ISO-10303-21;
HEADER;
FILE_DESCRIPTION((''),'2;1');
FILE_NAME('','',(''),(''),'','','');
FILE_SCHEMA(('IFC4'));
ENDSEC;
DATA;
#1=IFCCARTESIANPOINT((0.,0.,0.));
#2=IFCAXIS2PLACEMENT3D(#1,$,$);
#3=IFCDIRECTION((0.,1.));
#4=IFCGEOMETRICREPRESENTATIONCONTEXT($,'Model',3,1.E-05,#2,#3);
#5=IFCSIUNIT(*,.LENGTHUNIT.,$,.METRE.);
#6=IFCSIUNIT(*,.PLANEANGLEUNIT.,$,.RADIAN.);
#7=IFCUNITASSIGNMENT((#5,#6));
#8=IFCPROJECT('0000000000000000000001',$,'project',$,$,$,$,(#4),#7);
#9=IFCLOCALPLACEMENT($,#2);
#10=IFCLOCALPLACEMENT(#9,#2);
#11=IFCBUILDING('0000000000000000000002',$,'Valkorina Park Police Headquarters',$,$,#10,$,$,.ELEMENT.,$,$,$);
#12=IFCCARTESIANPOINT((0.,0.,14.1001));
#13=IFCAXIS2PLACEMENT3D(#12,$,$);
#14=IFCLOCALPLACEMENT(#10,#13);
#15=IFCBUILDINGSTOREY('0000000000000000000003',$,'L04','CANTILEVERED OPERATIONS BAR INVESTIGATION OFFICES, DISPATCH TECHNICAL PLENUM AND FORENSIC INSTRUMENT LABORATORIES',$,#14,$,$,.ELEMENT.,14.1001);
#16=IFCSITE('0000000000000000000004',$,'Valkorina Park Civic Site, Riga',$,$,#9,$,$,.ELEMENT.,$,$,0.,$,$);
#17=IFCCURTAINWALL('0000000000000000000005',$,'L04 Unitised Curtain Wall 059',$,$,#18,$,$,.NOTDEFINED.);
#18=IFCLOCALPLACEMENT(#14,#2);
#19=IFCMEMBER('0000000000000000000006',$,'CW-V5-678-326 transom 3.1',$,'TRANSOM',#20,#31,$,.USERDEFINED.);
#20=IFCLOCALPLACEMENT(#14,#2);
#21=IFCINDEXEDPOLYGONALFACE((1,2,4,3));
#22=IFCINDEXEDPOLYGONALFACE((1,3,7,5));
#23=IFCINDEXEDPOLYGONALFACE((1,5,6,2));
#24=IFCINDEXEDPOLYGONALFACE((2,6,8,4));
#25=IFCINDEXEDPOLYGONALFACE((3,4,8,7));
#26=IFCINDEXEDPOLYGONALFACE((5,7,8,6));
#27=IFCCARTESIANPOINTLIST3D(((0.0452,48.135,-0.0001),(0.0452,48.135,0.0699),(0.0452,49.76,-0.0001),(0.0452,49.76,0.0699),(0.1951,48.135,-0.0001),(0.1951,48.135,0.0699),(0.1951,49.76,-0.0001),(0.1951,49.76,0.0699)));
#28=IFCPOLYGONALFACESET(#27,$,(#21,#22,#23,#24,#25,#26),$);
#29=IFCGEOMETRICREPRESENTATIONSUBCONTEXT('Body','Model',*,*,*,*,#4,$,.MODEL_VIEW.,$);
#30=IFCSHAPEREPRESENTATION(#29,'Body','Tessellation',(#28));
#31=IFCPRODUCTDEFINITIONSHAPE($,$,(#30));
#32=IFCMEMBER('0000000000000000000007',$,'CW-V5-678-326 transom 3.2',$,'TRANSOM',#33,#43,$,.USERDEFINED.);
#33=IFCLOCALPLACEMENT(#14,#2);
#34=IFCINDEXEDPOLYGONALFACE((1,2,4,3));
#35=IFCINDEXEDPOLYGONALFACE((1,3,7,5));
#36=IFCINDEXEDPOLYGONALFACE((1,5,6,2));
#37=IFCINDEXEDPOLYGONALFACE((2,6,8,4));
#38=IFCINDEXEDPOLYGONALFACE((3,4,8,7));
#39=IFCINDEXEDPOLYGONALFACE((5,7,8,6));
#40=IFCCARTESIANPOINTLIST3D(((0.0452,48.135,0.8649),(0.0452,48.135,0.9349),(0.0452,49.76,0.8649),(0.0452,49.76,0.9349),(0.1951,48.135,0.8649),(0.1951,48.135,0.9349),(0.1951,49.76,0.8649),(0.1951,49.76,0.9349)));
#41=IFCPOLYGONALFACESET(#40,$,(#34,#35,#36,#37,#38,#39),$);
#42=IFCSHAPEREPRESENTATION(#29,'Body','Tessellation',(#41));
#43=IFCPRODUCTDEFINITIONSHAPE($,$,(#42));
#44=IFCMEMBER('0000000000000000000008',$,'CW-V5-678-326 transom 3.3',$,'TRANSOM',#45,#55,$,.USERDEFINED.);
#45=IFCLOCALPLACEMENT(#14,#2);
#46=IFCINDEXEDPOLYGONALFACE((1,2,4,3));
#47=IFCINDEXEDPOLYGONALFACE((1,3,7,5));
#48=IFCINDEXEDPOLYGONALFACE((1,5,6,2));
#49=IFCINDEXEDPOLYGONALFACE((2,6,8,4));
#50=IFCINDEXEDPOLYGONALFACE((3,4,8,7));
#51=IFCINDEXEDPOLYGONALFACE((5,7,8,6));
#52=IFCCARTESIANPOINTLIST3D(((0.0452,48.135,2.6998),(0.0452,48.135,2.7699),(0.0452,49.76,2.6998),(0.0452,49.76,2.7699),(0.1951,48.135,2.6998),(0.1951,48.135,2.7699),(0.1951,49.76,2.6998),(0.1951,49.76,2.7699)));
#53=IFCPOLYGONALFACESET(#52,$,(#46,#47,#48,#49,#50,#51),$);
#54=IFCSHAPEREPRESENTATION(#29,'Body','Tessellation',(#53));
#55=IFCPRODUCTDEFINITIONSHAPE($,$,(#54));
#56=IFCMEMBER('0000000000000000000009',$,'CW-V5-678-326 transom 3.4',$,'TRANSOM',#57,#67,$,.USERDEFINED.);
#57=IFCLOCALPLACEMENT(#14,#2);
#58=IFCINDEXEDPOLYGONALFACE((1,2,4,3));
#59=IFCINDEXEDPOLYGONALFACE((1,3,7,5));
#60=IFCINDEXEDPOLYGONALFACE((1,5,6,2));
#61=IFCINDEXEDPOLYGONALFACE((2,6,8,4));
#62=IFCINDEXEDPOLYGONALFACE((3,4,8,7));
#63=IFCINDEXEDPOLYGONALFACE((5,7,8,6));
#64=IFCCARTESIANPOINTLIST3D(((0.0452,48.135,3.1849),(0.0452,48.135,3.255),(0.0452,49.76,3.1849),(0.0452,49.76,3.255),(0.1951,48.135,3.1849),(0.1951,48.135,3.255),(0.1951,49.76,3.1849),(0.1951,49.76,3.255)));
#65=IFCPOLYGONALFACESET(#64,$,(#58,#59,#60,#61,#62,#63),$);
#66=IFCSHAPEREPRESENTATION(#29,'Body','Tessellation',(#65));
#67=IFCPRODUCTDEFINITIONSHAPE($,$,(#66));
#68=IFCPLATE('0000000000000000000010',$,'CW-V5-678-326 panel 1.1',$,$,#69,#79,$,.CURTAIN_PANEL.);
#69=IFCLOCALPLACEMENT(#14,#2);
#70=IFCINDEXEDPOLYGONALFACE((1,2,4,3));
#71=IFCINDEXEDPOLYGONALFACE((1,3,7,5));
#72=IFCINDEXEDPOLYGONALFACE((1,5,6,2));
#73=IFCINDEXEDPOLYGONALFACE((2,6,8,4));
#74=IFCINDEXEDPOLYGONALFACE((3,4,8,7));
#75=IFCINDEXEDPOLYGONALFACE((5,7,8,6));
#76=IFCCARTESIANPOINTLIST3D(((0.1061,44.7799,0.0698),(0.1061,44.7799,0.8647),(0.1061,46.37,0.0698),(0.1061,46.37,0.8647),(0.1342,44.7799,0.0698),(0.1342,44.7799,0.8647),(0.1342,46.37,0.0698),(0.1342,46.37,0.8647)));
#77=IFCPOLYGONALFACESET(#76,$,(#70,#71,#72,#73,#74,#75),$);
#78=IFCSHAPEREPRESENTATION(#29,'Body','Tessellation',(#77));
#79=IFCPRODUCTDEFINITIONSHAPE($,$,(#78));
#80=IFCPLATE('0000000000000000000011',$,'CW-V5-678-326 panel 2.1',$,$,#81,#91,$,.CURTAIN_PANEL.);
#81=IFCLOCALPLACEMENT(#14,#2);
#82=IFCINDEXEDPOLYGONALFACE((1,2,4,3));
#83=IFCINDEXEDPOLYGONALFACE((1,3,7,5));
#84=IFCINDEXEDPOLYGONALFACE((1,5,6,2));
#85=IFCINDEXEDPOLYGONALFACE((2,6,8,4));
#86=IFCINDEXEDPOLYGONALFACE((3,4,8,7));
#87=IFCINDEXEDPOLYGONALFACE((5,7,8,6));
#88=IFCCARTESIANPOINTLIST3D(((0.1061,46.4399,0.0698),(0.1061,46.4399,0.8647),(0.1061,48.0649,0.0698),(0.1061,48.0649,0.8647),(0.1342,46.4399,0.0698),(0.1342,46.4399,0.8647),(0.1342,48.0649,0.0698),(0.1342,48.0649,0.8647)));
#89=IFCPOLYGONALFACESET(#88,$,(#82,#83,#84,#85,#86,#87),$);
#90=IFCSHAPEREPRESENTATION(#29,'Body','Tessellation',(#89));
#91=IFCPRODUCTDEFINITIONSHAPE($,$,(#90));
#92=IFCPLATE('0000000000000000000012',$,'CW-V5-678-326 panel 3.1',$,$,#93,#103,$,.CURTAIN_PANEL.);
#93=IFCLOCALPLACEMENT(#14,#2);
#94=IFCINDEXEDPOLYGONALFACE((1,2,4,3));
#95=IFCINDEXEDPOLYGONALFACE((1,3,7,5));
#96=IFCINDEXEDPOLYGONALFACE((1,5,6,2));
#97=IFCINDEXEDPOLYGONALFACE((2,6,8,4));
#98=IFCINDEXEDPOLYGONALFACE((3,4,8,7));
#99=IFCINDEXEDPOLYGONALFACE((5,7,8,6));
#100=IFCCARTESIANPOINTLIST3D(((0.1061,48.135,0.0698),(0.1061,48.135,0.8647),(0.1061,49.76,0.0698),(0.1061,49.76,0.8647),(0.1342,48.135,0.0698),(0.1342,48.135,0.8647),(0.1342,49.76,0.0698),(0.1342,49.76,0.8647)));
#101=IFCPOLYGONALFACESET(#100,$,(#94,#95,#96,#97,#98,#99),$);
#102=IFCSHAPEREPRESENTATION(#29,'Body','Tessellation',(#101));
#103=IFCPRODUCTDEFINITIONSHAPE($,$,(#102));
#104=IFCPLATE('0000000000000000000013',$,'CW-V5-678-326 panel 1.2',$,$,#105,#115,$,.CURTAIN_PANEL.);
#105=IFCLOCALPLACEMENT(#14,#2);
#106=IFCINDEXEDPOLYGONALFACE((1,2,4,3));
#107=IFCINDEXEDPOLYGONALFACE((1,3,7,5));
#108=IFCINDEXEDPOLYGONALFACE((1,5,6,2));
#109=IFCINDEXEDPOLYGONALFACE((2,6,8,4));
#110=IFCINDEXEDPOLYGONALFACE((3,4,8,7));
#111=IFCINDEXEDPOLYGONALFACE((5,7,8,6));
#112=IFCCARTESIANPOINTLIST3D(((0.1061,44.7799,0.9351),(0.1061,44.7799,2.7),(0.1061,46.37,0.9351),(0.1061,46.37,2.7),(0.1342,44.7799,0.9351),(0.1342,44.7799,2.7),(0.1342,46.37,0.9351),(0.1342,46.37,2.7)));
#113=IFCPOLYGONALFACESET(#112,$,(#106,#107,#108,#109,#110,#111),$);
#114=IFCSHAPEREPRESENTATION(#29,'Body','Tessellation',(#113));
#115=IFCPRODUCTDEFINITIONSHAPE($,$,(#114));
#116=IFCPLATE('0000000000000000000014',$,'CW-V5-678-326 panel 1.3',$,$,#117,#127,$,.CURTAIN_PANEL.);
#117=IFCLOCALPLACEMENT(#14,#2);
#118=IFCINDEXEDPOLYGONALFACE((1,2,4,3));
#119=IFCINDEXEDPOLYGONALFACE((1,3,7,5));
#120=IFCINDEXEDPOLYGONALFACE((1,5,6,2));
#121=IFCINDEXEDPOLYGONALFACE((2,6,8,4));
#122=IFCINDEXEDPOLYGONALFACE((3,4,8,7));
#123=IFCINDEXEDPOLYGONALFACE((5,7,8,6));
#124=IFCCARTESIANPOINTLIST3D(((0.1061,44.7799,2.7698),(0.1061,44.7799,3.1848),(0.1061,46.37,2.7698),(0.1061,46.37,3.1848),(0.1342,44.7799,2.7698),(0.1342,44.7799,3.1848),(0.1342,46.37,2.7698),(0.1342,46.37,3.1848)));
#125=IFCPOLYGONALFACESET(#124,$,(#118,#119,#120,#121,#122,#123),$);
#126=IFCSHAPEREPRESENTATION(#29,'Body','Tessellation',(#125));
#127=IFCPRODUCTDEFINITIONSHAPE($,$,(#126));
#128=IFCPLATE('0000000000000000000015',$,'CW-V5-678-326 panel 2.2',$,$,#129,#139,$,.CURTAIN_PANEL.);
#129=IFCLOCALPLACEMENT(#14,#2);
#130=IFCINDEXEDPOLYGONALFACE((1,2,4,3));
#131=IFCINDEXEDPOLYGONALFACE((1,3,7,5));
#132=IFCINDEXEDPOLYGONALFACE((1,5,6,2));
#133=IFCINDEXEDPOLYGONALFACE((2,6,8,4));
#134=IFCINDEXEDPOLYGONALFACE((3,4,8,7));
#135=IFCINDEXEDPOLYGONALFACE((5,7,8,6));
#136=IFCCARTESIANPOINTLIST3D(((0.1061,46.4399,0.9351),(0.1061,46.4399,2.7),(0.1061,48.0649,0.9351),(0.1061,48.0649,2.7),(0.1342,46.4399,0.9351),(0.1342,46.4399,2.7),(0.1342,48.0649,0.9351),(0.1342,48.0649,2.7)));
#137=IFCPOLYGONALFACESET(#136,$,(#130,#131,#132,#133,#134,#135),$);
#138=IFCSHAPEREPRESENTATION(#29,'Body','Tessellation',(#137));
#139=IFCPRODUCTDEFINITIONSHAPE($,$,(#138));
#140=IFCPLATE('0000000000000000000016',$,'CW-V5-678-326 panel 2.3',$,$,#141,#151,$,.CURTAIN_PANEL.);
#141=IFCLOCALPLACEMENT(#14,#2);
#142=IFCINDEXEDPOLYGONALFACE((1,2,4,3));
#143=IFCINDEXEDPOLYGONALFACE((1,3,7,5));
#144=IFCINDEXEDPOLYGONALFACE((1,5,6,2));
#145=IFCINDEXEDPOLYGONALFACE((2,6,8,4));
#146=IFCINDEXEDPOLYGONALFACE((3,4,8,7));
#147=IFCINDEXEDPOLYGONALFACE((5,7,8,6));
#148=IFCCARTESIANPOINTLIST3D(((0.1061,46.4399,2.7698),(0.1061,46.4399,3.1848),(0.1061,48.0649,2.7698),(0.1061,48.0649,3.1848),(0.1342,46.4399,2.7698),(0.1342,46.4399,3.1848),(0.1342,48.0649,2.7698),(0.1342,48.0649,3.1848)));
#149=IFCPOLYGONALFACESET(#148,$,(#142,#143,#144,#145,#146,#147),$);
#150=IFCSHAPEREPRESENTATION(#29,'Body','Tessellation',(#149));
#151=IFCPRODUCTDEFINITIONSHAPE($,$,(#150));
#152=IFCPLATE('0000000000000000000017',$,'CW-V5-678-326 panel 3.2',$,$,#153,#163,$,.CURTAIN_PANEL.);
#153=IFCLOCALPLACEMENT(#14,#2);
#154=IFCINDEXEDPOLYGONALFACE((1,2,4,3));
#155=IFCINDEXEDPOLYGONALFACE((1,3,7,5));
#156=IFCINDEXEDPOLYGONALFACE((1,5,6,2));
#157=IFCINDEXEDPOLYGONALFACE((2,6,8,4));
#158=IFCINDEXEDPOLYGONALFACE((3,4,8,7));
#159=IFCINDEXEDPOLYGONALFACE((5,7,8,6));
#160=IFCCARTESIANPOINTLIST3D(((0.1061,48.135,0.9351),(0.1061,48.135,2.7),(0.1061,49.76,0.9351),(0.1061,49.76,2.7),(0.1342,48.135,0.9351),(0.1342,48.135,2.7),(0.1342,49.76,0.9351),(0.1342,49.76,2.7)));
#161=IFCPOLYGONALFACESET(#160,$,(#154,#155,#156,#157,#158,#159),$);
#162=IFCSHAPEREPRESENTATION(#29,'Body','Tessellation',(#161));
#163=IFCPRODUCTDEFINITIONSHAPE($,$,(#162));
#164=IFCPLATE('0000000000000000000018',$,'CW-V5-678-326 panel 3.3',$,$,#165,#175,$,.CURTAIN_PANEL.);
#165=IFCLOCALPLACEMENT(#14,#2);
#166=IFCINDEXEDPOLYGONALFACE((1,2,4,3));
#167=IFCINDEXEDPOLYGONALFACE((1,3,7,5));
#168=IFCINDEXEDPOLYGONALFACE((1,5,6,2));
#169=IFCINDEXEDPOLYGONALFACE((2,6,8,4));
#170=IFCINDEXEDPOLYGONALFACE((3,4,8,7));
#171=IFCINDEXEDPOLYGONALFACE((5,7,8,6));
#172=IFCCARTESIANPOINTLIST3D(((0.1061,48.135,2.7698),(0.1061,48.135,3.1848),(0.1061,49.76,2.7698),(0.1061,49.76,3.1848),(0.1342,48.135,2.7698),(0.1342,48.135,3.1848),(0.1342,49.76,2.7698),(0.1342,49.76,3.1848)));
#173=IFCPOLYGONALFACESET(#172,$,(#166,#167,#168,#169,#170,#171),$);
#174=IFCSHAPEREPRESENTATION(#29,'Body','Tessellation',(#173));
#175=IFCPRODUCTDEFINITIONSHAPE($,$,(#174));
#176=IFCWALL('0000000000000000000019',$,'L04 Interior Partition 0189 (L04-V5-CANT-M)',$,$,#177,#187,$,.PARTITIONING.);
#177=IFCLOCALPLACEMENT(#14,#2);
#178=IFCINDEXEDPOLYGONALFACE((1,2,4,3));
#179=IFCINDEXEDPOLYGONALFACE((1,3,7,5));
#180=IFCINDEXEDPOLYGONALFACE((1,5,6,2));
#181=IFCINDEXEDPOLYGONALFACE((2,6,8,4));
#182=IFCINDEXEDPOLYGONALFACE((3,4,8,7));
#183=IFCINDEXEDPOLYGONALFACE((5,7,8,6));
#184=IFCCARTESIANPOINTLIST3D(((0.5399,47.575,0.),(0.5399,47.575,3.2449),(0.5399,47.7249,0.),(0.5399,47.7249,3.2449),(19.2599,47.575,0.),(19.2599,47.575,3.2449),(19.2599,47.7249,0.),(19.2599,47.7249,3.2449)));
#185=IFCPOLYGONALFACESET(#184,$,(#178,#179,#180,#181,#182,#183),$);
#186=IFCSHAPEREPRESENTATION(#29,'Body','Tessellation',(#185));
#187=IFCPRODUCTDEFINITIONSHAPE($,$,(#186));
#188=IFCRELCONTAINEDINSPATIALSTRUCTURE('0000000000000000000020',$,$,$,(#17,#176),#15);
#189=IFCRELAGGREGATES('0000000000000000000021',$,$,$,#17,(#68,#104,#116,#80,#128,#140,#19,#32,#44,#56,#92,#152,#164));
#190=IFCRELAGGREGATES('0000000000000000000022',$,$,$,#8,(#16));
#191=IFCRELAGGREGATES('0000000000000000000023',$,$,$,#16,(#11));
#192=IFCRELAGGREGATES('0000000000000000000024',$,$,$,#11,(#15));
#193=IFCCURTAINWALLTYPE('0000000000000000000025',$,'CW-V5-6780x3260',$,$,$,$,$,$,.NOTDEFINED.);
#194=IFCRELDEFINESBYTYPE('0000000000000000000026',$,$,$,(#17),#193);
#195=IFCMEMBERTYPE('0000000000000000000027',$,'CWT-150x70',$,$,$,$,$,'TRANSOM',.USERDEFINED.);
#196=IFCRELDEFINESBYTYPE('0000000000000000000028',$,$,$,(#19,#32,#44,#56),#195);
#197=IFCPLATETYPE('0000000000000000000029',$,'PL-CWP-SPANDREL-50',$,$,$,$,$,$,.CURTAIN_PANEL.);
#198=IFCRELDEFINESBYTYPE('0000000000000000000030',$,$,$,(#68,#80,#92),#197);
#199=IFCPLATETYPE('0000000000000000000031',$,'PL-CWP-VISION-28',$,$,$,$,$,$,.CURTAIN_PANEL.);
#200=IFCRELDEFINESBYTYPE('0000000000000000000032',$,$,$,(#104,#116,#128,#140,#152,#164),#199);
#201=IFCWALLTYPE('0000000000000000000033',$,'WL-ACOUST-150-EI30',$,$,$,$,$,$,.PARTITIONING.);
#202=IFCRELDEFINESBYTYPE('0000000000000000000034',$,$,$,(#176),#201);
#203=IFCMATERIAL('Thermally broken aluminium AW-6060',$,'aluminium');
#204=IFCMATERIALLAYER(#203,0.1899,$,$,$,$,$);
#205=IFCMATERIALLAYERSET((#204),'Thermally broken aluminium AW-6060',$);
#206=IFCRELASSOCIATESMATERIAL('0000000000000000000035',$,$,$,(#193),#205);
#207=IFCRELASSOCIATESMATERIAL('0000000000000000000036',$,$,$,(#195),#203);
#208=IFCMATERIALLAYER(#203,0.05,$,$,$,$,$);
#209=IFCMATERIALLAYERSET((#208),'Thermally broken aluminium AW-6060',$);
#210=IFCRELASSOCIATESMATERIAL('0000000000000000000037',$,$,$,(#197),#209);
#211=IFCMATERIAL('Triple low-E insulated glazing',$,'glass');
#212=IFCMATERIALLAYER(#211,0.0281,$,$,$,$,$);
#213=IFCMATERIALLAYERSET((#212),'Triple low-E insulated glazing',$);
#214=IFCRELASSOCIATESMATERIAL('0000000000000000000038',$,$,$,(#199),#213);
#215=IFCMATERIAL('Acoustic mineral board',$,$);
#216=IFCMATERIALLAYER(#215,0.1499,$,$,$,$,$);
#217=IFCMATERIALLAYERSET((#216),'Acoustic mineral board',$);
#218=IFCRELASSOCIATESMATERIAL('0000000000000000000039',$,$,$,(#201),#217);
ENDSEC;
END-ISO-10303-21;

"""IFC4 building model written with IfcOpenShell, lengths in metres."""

from ifc_helpers import new_model, si_unit, direction, frame, frame_2d, origin, origin_2d, place, context, subcontext, project, spatial, rectangle, extrude, material, layer, layer_set, material_profile, profile_set, type_object, element, aggregate, save


model = new_model("IFC4")

# Units and contexts
model_context = context("Model", 3, precision=1e-05, world=origin(), true_north=direction((0.0, 1.0)))
body_context = subcontext(model_context, "Body", "Model", "MODEL_VIEW")
ifc_project = project(units=[si_unit("LENGTHUNIT", "METRE"), si_unit("PLANEANGLEUNIT", "RADIAN")], contexts=[model_context])

# Site, building, storey
site_placement = place(None, origin())
site = spatial("IfcSite", under=ifc_project, at=site_placement, Name="Valkorina Park Civic Site, Riga", CompositionType="ELEMENT", RefElevation=0.0)
building_placement = place(site_placement, origin())
building = spatial("IfcBuilding", under=site, at=building_placement, Name="Valkorina Park Police Headquarters", CompositionType="ELEMENT")
storey_placement = place(building_placement, frame((0.0, 0.0, 14.1001)))
storey = spatial("IfcBuildingStorey", under=building, at=storey_placement, Name="L04", Description="CANTILEVERED OPERATIONS BAR INVESTIGATION OFFICES, DISPATCH TECHNICAL PLENUM AND FORENSIC INSTRUMENT LABORATORIES", CompositionType="ELEMENT", Elevation=14.1001)

# Curtain wall, members, plates
ifc_material_1 = material(Name="Thermally broken aluminium AW-6060", Category="aluminium")
ifc_layer_1 = layer(ifc_material_1, 0.1899)
ifc_layer_set_1 = layer_set([ifc_layer_1], Name="Thermally broken aluminium AW-6060")
curtain_wall_type = type_object("IfcCurtainWallType", Name="CW-V5-6780x3260", PredefinedType="NOTDEFINED", material=ifc_layer_set_1)
curtain_wall_placement = place(storey_placement, origin())
curtain_wall = element("IfcCurtainWall", 1, at=curtain_wall_placement, inside=storey, type_object=curtain_wall_type, Name="L04 Unitised Curtain Wall 059", PredefinedType="NOTDEFINED")
ifc_material_profile_1 = material_profile(ifc_material_1, rectangle(XDim=0.1499, YDim=0.0701, at=origin_2d()), Name="CWT-02 150x70")
ifc_profile_set_1 = profile_set([ifc_material_profile_1], Name="Thermally broken aluminium AW-6060")
member_type_1 = type_object("IfcMemberType", Name="CWT-150x70", ElementType="TRANSOM", PredefinedType="USERDEFINED", material=ifc_profile_set_1)
member_1_placement = place(storey_placement, frame((0.1201, 48.135, 0.0349), z_axis=(0.0, 1.0, 0.0), x_axis=(-1.0, 0.0, 0.0)))
member_1 = element("IfcMember", 2, at=member_1_placement, type_object=member_type_1, Name="CW-V5-678-326 transom 3.1", ObjectType="TRANSOM", PredefinedType="USERDEFINED", context=body_context, shape_type="SweptSolid", body=[
    extrude(rectangle(XDim=0.1499, YDim=0.0701, at=origin_2d()), origin(), (0.0, 0.0, 1.0), 1.625),
])
member_2_placement = place(storey_placement, frame((0.1201, 48.135, 0.8999), z_axis=(0.0, 1.0, 0.0), x_axis=(-1.0, 0.0, 0.0)))
member_2 = element("IfcMember", 3, at=member_2_placement, type_object=member_type_1, Name="CW-V5-678-326 transom 3.2", ObjectType="TRANSOM", PredefinedType="USERDEFINED", context=body_context, shape_type="SweptSolid", body=[
    extrude(rectangle(XDim=0.1499, YDim=0.0701, at=origin_2d()), origin(), (0.0, 0.0, 1.0), 1.625),
])
member_3_placement = place(storey_placement, frame((0.1201, 48.135, 2.7349), z_axis=(0.0, 1.0, 0.0), x_axis=(-1.0, 0.0, 0.0)))
member_3 = element("IfcMember", 4, at=member_3_placement, type_object=member_type_1, Name="CW-V5-678-326 transom 3.3", ObjectType="TRANSOM", PredefinedType="USERDEFINED", context=body_context, shape_type="SweptSolid", body=[
    extrude(rectangle(XDim=0.1499, YDim=0.0701, at=origin_2d()), origin(), (0.0, 0.0, 1.0), 1.625),
])
member_4_placement = place(storey_placement, frame((0.1201, 48.135, 3.22), z_axis=(0.0, 1.0, 0.0), x_axis=(-1.0, 0.0, 0.0)))
member_4 = element("IfcMember", 5, at=member_4_placement, type_object=member_type_1, Name="CW-V5-678-326 transom 3.4", ObjectType="TRANSOM", PredefinedType="USERDEFINED", context=body_context, shape_type="SweptSolid", body=[
    extrude(rectangle(XDim=0.1499, YDim=0.0701, at=origin_2d()), origin(), (0.0, 0.0, 1.0), 1.625),
])
ifc_layer_2 = layer(ifc_material_1, 0.05)
ifc_layer_set_2 = layer_set([ifc_layer_2], Name="Thermally broken aluminium AW-6060")
plate_type_1 = type_object("IfcPlateType", Name="PL-CWP-SPANDREL-50", PredefinedType="CURTAIN_PANEL", material=ifc_layer_set_2)
plate_1_placement = place(storey_placement, frame((0.1201, 45.575, 0.0698), z_axis=(0.0, 0.0, 1.0), x_axis=(0.0, 1.0, 0.0)))
plate_1 = element("IfcPlate", 6, at=plate_1_placement, type_object=plate_type_1, Name="CW-V5-678-326 panel 1.1", PredefinedType="CURTAIN_PANEL", context=body_context, shape_type="SweptSolid", body=[
    extrude(rectangle(XDim=1.5901, YDim=0.0281, at=origin_2d()), origin(), (0.0, 0.0, 1.0), 0.7949),
])
plate_2_placement = place(storey_placement, frame((0.1201, 47.2524, 0.0698), z_axis=(0.0, 0.0, 1.0), x_axis=(0.0, 1.0, 0.0)))
plate_2 = element("IfcPlate", 7, at=plate_2_placement, type_object=plate_type_1, Name="CW-V5-678-326 panel 2.1", PredefinedType="CURTAIN_PANEL", context=body_context, shape_type="SweptSolid", body=[
    extrude(rectangle(XDim=1.625, YDim=0.0281, at=origin_2d()), origin(), (0.0, 0.0, 1.0), 0.7949),
])
plate_3_placement = place(storey_placement, frame((0.1201, 48.9475, 0.0698), z_axis=(0.0, 0.0, 1.0), x_axis=(0.0, 1.0, 0.0)))
plate_3 = element("IfcPlate", 8, at=plate_3_placement, type_object=plate_type_1, Name="CW-V5-678-326 panel 3.1", PredefinedType="CURTAIN_PANEL", context=body_context, shape_type="SweptSolid", body=[
    extrude(rectangle(XDim=1.625, YDim=0.0281, at=origin_2d()), origin(), (0.0, 0.0, 1.0), 0.7949),
])
ifc_material_2 = material(Name="Triple low-E insulated glazing", Category="glass")
ifc_layer_3 = layer(ifc_material_2, 0.0281)
ifc_layer_set_3 = layer_set([ifc_layer_3], Name="Triple low-E insulated glazing")
plate_type_2 = type_object("IfcPlateType", Name="PL-CWP-VISION-28", PredefinedType="CURTAIN_PANEL", material=ifc_layer_set_3)
plate_4_placement = place(storey_placement, frame((0.1201, 45.575, 0.9351), z_axis=(0.0, 0.0, 1.0), x_axis=(0.0, 1.0, 0.0)))
plate_4 = element("IfcPlate", 9, at=plate_4_placement, type_object=plate_type_2, Name="CW-V5-678-326 panel 1.2", PredefinedType="CURTAIN_PANEL", context=body_context, shape_type="SweptSolid", body=[
    extrude(rectangle(XDim=1.5901, YDim=0.0281, at=origin_2d()), origin(), (0.0, 0.0, 1.0), 1.7649),
])
plate_5_placement = place(storey_placement, frame((0.1201, 45.575, 2.7698), z_axis=(0.0, 0.0, 1.0), x_axis=(0.0, 1.0, 0.0)))
plate_5 = element("IfcPlate", 10, at=plate_5_placement, type_object=plate_type_2, Name="CW-V5-678-326 panel 1.3", PredefinedType="CURTAIN_PANEL", context=body_context, shape_type="SweptSolid", body=[
    extrude(rectangle(XDim=1.5901, YDim=0.0281, at=origin_2d()), origin(), (0.0, 0.0, 1.0), 0.415),
])
plate_6_placement = place(storey_placement, frame((0.1201, 47.2524, 0.9351), z_axis=(0.0, 0.0, 1.0), x_axis=(0.0, 1.0, 0.0)))
plate_6 = element("IfcPlate", 11, at=plate_6_placement, type_object=plate_type_2, Name="CW-V5-678-326 panel 2.2", PredefinedType="CURTAIN_PANEL", context=body_context, shape_type="SweptSolid", body=[
    extrude(rectangle(XDim=1.625, YDim=0.0281, at=origin_2d()), origin(), (0.0, 0.0, 1.0), 1.7649),
])
plate_7_placement = place(storey_placement, frame((0.1201, 47.2524, 2.7698), z_axis=(0.0, 0.0, 1.0), x_axis=(0.0, 1.0, 0.0)))
plate_7 = element("IfcPlate", 12, at=plate_7_placement, type_object=plate_type_2, Name="CW-V5-678-326 panel 2.3", PredefinedType="CURTAIN_PANEL", context=body_context, shape_type="SweptSolid", body=[
    extrude(rectangle(XDim=1.625, YDim=0.0281, at=origin_2d()), origin(), (0.0, 0.0, 1.0), 0.415),
])
plate_8_placement = place(storey_placement, frame((0.1201, 48.9475, 0.9351), z_axis=(0.0, 0.0, 1.0), x_axis=(0.0, 1.0, 0.0)))
plate_8 = element("IfcPlate", 13, at=plate_8_placement, type_object=plate_type_2, Name="CW-V5-678-326 panel 3.2", PredefinedType="CURTAIN_PANEL", context=body_context, shape_type="SweptSolid", body=[
    extrude(rectangle(XDim=1.625, YDim=0.0281, at=origin_2d()), origin(), (0.0, 0.0, 1.0), 1.7649),
])
plate_9_placement = place(storey_placement, frame((0.1201, 48.9475, 2.7698), z_axis=(0.0, 0.0, 1.0), x_axis=(0.0, 1.0, 0.0)))
plate_9 = element("IfcPlate", 14, at=plate_9_placement, type_object=plate_type_2, Name="CW-V5-678-326 panel 3.3", PredefinedType="CURTAIN_PANEL", context=body_context, shape_type="SweptSolid", body=[
    extrude(rectangle(XDim=1.625, YDim=0.0281, at=origin_2d()), origin(), (0.0, 0.0, 1.0), 0.415),
])
aggregate(curtain_wall, [plate_1, plate_4, plate_5, plate_2, plate_6, plate_7, member_1, member_2, member_3, member_4, plate_3, plate_8, plate_9])

# Wall
ifc_material_3 = material(Name="Acoustic mineral board")
ifc_layer_4 = layer(ifc_material_3, 0.1499)
ifc_layer_set_4 = layer_set([ifc_layer_4], Name="Acoustic mineral board")
wall_type = type_object("IfcWallType", Name="WL-ACOUST-150-EI30", PredefinedType="PARTITIONING", material=ifc_layer_set_4)
wall_placement = place(storey_placement, frame((0.54, 47.6499, 0.0), z_axis=(0.0, 0.0, 1.0), x_axis=(1.0, 0.0, 0.0)))
element("IfcWall", 15, at=wall_placement, inside=storey, type_object=wall_type, Name="L04 Interior Partition 0189 (L04-V5-CANT-M)", PredefinedType="PARTITIONING", context=body_context, shape_type="SweptSolid", body=[
    extrude(rectangle(XDim=18.72, YDim=0.1499, at=frame_2d((9.3599, 0.0))), origin(), (0.0, 0.0, 1.0), 3.2449),
])

save(model, "model.ifc")
